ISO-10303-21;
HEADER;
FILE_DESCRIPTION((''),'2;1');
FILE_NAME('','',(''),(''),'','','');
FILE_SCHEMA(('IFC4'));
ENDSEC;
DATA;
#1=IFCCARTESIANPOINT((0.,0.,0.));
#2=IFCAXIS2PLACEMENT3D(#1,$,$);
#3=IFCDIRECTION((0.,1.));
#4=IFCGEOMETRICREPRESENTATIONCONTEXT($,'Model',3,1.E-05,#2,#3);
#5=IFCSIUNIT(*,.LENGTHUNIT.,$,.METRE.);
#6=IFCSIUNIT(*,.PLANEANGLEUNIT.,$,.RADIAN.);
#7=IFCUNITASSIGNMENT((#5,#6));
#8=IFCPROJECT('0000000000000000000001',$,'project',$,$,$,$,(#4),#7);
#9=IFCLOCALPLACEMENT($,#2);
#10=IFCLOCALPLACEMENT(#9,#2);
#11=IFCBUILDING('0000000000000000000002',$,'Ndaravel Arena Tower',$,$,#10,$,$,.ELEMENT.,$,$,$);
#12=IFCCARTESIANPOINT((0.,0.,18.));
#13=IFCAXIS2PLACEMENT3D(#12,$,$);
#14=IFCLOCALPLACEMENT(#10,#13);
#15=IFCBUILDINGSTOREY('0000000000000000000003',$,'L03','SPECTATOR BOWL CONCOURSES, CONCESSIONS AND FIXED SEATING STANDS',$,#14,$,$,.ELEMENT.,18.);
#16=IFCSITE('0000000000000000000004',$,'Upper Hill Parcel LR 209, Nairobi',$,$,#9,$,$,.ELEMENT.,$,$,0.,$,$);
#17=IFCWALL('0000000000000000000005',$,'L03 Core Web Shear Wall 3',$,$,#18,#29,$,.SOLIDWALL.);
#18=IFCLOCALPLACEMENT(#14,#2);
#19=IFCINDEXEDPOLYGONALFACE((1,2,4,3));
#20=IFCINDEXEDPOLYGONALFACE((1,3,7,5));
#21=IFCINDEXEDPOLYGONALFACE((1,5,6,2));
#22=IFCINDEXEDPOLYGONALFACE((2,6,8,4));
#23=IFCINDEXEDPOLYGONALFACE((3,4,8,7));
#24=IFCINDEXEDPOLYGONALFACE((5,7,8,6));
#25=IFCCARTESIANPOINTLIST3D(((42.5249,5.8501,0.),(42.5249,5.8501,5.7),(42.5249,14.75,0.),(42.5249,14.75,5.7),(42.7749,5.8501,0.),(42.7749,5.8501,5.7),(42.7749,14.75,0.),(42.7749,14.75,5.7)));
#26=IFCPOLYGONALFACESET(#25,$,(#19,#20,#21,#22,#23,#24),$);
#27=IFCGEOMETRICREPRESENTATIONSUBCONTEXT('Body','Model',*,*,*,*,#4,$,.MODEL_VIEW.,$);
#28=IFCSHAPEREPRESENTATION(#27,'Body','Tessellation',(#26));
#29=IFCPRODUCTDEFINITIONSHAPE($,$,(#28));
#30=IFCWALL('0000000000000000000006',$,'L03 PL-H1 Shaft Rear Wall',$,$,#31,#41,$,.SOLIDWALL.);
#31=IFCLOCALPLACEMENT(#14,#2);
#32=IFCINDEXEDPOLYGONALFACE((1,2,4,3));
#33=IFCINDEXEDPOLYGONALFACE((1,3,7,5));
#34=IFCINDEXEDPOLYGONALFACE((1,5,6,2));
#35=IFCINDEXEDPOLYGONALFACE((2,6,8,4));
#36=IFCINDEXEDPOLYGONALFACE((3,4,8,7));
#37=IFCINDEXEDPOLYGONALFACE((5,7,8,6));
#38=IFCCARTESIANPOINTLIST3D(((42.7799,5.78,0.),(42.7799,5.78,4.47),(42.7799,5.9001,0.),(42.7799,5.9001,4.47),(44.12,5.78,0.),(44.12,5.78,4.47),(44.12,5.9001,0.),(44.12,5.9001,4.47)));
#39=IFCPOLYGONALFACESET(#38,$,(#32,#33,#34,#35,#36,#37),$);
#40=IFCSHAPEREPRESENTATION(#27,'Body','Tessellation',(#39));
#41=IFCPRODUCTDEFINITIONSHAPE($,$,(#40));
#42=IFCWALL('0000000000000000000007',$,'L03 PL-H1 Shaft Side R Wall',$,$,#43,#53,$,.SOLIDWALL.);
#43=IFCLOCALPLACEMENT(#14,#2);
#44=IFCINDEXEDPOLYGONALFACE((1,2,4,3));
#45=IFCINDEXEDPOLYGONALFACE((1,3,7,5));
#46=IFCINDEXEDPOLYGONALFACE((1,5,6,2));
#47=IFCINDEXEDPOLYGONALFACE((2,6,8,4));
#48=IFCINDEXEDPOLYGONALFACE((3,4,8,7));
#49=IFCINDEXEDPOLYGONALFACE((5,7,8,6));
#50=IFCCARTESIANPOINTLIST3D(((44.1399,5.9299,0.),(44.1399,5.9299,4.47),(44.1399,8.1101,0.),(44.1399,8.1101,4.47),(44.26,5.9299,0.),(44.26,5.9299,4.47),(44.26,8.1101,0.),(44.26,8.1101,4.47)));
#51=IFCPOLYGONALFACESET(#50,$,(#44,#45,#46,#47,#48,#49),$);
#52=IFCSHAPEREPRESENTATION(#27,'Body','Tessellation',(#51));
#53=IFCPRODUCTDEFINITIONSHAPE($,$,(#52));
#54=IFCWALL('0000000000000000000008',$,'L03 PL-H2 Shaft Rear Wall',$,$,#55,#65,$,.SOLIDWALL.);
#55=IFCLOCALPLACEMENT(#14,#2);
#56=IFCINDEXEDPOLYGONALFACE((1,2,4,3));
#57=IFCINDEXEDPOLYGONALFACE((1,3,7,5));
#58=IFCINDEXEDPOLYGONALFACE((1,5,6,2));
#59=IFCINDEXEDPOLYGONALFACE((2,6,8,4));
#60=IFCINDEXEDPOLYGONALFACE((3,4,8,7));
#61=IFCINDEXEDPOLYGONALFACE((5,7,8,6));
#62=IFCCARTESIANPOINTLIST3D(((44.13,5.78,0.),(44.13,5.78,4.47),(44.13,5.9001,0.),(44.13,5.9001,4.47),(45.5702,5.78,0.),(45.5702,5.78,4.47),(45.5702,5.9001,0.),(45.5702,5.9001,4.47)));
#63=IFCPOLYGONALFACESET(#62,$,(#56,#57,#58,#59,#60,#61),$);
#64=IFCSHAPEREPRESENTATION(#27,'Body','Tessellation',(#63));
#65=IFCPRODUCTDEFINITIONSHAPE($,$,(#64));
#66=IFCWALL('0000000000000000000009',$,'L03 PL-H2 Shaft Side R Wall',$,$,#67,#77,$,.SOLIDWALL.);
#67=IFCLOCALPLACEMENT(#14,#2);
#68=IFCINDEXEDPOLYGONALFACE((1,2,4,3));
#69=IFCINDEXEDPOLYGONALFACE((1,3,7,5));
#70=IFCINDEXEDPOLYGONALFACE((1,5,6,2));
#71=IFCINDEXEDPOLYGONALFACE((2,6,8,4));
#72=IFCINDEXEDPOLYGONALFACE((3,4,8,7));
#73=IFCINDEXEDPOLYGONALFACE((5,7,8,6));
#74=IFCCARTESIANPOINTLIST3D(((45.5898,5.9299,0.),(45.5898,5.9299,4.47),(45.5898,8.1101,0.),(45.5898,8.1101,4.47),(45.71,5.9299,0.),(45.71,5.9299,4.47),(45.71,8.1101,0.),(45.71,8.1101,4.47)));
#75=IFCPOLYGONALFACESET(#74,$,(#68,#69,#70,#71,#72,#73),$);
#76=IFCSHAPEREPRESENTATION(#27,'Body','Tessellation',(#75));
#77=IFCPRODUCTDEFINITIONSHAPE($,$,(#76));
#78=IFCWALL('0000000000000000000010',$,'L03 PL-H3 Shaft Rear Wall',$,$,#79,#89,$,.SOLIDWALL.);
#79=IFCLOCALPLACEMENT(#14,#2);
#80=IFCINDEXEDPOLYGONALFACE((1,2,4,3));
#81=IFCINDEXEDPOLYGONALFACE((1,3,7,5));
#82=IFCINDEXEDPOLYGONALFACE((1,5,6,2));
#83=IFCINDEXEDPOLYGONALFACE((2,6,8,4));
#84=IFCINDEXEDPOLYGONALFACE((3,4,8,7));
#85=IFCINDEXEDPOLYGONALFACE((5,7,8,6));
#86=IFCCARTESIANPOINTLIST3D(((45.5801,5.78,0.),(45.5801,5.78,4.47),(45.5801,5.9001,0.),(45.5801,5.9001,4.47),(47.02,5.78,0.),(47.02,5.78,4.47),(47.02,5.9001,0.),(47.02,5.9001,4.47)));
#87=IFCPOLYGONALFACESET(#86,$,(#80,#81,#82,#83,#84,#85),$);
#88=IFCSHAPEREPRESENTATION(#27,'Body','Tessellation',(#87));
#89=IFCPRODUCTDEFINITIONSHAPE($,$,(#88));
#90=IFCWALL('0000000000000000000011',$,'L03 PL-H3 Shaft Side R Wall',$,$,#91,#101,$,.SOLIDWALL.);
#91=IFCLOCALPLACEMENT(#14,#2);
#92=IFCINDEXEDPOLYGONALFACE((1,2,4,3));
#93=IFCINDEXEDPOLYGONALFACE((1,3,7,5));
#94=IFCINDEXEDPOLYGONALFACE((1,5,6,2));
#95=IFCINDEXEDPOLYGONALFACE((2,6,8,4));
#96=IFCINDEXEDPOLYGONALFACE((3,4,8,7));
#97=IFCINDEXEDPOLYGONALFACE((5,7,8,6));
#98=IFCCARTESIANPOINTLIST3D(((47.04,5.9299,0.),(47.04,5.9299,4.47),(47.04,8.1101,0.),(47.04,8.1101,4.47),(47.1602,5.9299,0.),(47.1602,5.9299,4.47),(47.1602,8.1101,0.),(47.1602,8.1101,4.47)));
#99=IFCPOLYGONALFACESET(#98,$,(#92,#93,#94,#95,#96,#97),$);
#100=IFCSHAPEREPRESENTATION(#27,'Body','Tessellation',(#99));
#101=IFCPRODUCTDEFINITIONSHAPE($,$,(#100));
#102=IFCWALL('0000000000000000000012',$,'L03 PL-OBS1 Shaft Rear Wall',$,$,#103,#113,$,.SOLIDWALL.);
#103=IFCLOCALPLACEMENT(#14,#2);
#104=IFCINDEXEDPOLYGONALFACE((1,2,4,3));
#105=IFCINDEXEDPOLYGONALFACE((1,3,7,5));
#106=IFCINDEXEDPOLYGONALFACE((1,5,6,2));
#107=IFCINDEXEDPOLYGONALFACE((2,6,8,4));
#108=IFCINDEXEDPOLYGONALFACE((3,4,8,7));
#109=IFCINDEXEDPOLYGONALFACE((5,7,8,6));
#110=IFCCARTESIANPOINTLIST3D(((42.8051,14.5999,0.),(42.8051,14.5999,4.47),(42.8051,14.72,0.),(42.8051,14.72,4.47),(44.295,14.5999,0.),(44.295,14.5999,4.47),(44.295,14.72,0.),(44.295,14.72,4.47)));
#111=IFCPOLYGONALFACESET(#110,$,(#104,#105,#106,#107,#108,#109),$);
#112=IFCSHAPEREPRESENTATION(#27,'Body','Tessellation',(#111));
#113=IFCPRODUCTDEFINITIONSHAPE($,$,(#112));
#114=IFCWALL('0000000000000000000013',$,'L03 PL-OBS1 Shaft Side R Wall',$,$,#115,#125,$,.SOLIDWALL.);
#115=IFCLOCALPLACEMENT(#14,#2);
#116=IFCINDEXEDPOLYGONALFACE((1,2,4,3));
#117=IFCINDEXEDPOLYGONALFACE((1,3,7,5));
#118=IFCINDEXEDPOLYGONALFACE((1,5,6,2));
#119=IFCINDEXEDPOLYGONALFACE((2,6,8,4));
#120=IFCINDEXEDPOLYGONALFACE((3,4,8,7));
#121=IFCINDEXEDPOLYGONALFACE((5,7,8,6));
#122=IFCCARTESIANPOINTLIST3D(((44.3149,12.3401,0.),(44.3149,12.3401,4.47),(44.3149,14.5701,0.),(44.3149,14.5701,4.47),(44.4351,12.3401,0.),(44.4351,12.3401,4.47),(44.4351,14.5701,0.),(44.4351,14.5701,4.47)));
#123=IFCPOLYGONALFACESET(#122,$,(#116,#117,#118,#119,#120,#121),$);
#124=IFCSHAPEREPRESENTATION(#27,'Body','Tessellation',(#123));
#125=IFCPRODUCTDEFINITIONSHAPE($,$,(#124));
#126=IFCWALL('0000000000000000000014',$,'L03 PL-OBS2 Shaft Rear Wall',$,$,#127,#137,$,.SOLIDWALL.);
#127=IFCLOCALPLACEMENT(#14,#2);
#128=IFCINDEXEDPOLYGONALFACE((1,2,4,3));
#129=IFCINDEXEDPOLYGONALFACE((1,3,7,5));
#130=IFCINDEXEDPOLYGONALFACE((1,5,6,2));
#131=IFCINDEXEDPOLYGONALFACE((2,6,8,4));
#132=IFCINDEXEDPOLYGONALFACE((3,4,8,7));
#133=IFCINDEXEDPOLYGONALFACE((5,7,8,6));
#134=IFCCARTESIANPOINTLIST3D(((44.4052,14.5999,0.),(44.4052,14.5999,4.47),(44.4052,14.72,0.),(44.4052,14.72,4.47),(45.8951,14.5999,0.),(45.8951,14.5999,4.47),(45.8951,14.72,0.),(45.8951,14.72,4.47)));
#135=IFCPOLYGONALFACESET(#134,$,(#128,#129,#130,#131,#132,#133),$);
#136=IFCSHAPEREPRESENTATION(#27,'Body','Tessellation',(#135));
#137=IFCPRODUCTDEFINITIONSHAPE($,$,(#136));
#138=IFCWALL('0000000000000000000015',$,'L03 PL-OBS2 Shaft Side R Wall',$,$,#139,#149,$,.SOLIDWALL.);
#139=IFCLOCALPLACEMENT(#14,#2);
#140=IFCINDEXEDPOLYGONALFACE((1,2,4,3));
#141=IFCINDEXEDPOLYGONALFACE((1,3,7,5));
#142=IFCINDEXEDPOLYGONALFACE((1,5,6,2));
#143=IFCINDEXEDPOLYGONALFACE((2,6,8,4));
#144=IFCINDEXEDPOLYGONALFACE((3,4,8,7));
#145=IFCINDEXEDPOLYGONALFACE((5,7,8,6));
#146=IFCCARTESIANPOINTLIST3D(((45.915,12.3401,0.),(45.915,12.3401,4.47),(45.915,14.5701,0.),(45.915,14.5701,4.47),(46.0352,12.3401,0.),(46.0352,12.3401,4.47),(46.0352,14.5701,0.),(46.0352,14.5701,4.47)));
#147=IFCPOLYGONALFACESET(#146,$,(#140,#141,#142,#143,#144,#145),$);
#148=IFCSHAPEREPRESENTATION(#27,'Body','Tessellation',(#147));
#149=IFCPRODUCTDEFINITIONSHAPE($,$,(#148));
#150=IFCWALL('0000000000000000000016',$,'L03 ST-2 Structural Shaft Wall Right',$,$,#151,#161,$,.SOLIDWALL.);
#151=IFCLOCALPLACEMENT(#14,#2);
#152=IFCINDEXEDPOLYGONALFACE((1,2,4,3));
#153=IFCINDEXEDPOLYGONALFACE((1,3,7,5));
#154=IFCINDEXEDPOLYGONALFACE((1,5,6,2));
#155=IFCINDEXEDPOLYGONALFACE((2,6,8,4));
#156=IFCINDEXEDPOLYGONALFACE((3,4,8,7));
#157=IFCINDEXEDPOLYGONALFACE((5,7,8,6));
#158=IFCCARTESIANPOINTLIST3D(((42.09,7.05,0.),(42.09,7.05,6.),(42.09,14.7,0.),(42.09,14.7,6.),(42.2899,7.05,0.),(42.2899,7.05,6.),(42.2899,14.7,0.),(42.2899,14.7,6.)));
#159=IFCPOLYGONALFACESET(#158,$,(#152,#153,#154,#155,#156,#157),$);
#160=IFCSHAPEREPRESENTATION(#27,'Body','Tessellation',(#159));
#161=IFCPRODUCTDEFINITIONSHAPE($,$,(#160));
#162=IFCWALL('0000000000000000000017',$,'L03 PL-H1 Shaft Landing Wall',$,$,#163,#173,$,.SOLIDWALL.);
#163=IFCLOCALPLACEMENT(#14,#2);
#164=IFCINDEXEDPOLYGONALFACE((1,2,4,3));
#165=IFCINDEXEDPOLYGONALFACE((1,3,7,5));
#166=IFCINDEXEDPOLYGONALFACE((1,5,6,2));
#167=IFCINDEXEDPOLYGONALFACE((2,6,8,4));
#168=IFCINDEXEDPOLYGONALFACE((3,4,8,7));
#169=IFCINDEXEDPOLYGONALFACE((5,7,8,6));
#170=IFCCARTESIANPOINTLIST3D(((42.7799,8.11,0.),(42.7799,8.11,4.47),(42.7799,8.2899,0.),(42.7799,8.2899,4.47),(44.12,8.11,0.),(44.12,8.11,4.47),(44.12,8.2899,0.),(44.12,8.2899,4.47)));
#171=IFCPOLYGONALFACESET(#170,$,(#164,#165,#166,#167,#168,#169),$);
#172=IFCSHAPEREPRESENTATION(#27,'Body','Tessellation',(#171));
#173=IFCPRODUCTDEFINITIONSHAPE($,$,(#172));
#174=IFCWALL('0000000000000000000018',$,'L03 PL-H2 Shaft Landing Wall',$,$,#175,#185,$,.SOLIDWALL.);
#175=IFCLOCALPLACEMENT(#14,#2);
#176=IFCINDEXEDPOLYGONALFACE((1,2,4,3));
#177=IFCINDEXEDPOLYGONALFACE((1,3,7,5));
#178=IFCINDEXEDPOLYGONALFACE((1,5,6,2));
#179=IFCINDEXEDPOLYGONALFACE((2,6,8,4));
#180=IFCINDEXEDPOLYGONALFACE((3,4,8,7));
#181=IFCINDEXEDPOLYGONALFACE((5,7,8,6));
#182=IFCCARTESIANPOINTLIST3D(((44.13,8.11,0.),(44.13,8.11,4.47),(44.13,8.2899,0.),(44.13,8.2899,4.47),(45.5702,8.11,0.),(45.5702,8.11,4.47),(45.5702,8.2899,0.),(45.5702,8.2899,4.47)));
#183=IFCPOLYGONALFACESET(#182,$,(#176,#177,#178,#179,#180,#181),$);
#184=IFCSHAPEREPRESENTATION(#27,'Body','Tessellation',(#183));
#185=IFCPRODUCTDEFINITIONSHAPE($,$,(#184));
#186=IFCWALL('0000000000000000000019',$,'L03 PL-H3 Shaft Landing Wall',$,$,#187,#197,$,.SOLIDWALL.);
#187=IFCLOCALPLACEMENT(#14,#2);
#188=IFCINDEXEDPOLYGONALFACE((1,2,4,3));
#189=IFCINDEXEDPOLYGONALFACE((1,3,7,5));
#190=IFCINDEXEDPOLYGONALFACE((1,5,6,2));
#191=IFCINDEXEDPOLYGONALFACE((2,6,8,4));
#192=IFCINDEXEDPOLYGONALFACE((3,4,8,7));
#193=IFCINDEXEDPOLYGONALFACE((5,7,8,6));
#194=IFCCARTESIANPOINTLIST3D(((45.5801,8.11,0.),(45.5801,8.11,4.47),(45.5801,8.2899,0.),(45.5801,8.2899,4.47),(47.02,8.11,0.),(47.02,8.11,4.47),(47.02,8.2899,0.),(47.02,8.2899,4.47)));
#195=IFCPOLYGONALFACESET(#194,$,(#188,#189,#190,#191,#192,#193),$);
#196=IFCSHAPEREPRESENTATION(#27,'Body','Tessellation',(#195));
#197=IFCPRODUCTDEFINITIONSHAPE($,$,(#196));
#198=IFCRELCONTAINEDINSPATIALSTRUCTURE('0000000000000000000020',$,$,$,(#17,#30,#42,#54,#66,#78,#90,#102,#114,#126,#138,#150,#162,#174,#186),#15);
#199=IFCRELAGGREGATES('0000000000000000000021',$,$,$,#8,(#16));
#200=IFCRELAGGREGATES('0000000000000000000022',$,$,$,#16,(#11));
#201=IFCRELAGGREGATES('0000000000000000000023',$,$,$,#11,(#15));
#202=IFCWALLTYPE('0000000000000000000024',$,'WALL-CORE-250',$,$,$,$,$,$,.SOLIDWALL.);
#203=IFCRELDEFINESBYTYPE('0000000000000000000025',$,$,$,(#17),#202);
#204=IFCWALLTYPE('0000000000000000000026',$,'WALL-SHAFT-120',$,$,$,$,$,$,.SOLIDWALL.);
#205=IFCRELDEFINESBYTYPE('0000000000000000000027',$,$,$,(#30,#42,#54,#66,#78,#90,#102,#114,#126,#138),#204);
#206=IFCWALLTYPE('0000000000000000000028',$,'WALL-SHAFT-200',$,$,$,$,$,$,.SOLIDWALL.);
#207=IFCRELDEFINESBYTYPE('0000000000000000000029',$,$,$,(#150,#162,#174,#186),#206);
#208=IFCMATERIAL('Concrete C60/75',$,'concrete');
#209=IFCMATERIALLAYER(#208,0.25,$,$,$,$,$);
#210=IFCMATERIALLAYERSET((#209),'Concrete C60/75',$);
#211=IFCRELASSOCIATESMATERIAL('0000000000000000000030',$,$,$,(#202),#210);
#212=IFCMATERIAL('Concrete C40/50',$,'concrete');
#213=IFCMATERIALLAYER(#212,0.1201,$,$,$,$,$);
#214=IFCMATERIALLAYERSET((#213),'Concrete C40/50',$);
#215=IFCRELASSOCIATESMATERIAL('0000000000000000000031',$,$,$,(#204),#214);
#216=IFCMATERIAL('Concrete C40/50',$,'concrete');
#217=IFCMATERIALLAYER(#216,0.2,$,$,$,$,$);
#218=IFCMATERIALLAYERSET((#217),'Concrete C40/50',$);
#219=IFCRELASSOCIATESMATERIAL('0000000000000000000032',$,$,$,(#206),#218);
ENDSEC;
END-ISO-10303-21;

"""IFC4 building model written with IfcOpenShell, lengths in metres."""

from ifc_helpers import new_model, si_unit, direction, frame, frame_2d, origin, place, context, subcontext, project, spatial, rectangle, extrude, material, layer, layer_set, type_object, element, save


model = new_model("IFC4")

# Units and contexts
model_context = context("Model", 3, precision=1e-05, world=origin(), true_north=direction((0.0, 1.0)))
body_context = subcontext(model_context, "Body", "Model", "MODEL_VIEW")
ifc_project = project(units=[si_unit("LENGTHUNIT", "METRE"), si_unit("PLANEANGLEUNIT", "RADIAN")], contexts=[model_context])

# Site, building, storey
site_placement = place(None, origin())
site = spatial("IfcSite", under=ifc_project, at=site_placement, Name="Upper Hill Parcel LR 209, Nairobi", CompositionType="ELEMENT", RefElevation=0.0)
building_placement = place(site_placement, origin())
building = spatial("IfcBuilding", under=site, at=building_placement, Name="Ndaravel Arena Tower", CompositionType="ELEMENT")
storey_placement = place(building_placement, frame((0.0, 0.0, 18.0)))
storey = spatial("IfcBuildingStorey", under=building, at=storey_placement, Name="L03", Description="SPECTATOR BOWL CONCOURSES, CONCESSIONS AND FIXED SEATING STANDS", CompositionType="ELEMENT", Elevation=18.0)

# Walls
ifc_material_1 = material(Name="Concrete C60/75", Category="concrete")
ifc_layer_1 = layer(ifc_material_1, 0.25)
ifc_layer_set_1 = layer_set([ifc_layer_1], Name="Concrete C60/75")
wall_type_1 = type_object("IfcWallType", Name="WALL-CORE-250", PredefinedType="SOLIDWALL", material=ifc_layer_set_1)
wall_1_placement = place(storey_placement, frame((42.6499, 5.8501, 0.0), z_axis=(0.0, 0.0, 1.0), x_axis=(0.0, 1.0, 0.0)))
element("IfcWall", 1, at=wall_1_placement, inside=storey, type_object=wall_type_1, Name="L03 Core Web Shear Wall 3", PredefinedType="SOLIDWALL", context=body_context, shape_type="SweptSolid", body=[
    extrude(rectangle(XDim=8.8999, YDim=0.25, at=frame_2d((4.45, 0.0))), origin(), (0.0, 0.0, 1.0), 5.7),
])
ifc_material_2 = material(Name="Concrete C40/50", Category="concrete")
ifc_layer_2 = layer(ifc_material_2, 0.1201)
ifc_layer_set_2 = layer_set([ifc_layer_2], Name="Concrete C40/50")
wall_type_2 = type_object("IfcWallType", Name="WALL-SHAFT-120", PredefinedType="SOLIDWALL", material=ifc_layer_set_2)
wall_2_placement = place(storey_placement, frame((42.78, 5.8401, 0.0), z_axis=(0.0, 0.0, 1.0), x_axis=(1.0, 0.0, 0.0)))
element("IfcWall", 2, at=wall_2_placement, inside=storey, type_object=wall_type_2, Name="L03 PL-H1 Shaft Rear Wall", PredefinedType="SOLIDWALL", context=body_context, shape_type="SweptSolid", body=[
    extrude(rectangle(XDim=1.3401, YDim=0.1201, at=frame_2d((0.6699, 0.0))), origin(), (0.0, 0.0, 1.0), 4.47),
])
wall_3_placement = place(storey_placement, frame((44.2, 5.9299, 0.0), z_axis=(0.0, 0.0, 1.0), x_axis=(0.0, 1.0, 0.0)))
element("IfcWall", 3, at=wall_3_placement, inside=storey, type_object=wall_type_2, Name="L03 PL-H1 Shaft Side R Wall", PredefinedType="SOLIDWALL", context=body_context, shape_type="SweptSolid", body=[
    extrude(rectangle(XDim=2.1802, YDim=0.1201, at=frame_2d((1.0901, 0.0))), origin(), (0.0, 0.0, 1.0), 4.47),
])
wall_4_placement = place(storey_placement, frame((44.1299, 5.8401, 0.0), z_axis=(0.0, 0.0, 1.0), x_axis=(1.0, 0.0, 0.0)))
element("IfcWall", 4, at=wall_4_placement, inside=storey, type_object=wall_type_2, Name="L03 PL-H2 Shaft Rear Wall", PredefinedType="SOLIDWALL", context=body_context, shape_type="SweptSolid", body=[
    extrude(rectangle(XDim=1.4402, YDim=0.1201, at=frame_2d((0.7202, 0.0))), origin(), (0.0, 0.0, 1.0), 4.47),
])
wall_5_placement = place(storey_placement, frame((45.6499, 5.9299, 0.0), z_axis=(0.0, 0.0, 1.0), x_axis=(0.0, 1.0, 0.0)))
element("IfcWall", 5, at=wall_5_placement, inside=storey, type_object=wall_type_2, Name="L03 PL-H2 Shaft Side R Wall", PredefinedType="SOLIDWALL", context=body_context, shape_type="SweptSolid", body=[
    extrude(rectangle(XDim=2.1802, YDim=0.1201, at=frame_2d((1.0901, 0.0))), origin(), (0.0, 0.0, 1.0), 4.47),
])
wall_6_placement = place(storey_placement, frame((45.5801, 5.8401, 0.0), z_axis=(0.0, 0.0, 1.0), x_axis=(1.0, 0.0, 0.0)))
element("IfcWall", 6, at=wall_6_placement, inside=storey, type_object=wall_type_2, Name="L03 PL-H3 Shaft Rear Wall", PredefinedType="SOLIDWALL", context=body_context, shape_type="SweptSolid", body=[
    extrude(rectangle(XDim=1.4399, YDim=0.1201, at=frame_2d((0.72, 0.0))), origin(), (0.0, 0.0, 1.0), 4.47),
])
wall_7_placement = place(storey_placement, frame((47.1001, 5.9299, 0.0), z_axis=(0.0, 0.0, 1.0), x_axis=(0.0, 1.0, 0.0)))
element("IfcWall", 7, at=wall_7_placement, inside=storey, type_object=wall_type_2, Name="L03 PL-H3 Shaft Side R Wall", PredefinedType="SOLIDWALL", context=body_context, shape_type="SweptSolid", body=[
    extrude(rectangle(XDim=2.1802, YDim=0.1201, at=frame_2d((1.0901, 0.0))), origin(), (0.0, 0.0, 1.0), 4.47),
])
wall_8_placement = place(storey_placement, frame((42.8049, 14.6599, 0.0), z_axis=(0.0, 0.0, 1.0), x_axis=(1.0, 0.0, 0.0)))
element("IfcWall", 8, at=wall_8_placement, inside=storey, type_object=wall_type_2, Name="L03 PL-OBS1 Shaft Rear Wall", PredefinedType="SOLIDWALL", context=body_context, shape_type="SweptSolid", body=[
    extrude(rectangle(XDim=1.49, YDim=0.1201, at=frame_2d((0.7451, 0.0))), origin(), (0.0, 0.0, 1.0), 4.47),
])
wall_9_placement = place(storey_placement, frame((44.375, 12.3401, 0.0), z_axis=(0.0, 0.0, 1.0), x_axis=(0.0, 1.0, 0.0)))
element("IfcWall", 9, at=wall_9_placement, inside=storey, type_object=wall_type_2, Name="L03 PL-OBS1 Shaft Side R Wall", PredefinedType="SOLIDWALL", context=body_context, shape_type="SweptSolid", body=[
    extrude(rectangle(XDim=2.23, YDim=0.1201, at=frame_2d((1.115, 0.0))), origin(), (0.0, 0.0, 1.0), 4.47),
])
wall_10_placement = place(storey_placement, frame((44.405, 14.6599, 0.0), z_axis=(0.0, 0.0, 1.0), x_axis=(1.0, 0.0, 0.0)))
element("IfcWall", 10, at=wall_10_placement, inside=storey, type_object=wall_type_2, Name="L03 PL-OBS2 Shaft Rear Wall", PredefinedType="SOLIDWALL", context=body_context, shape_type="SweptSolid", body=[
    extrude(rectangle(XDim=1.49, YDim=0.1201, at=frame_2d((0.7451, 0.0))), origin(), (0.0, 0.0, 1.0), 4.47),
])
wall_11_placement = place(storey_placement, frame((45.9751, 12.3401, 0.0), z_axis=(0.0, 0.0, 1.0), x_axis=(0.0, 1.0, 0.0)))
element("IfcWall", 11, at=wall_11_placement, inside=storey, type_object=wall_type_2, Name="L03 PL-OBS2 Shaft Side R Wall", PredefinedType="SOLIDWALL", context=body_context, shape_type="SweptSolid", body=[
    extrude(rectangle(XDim=2.23, YDim=0.1201, at=frame_2d((1.115, 0.0))), origin(), (0.0, 0.0, 1.0), 4.47),
])
ifc_material_3 = material(Name="Concrete C40/50", Category="concrete")
ifc_layer_3 = layer(ifc_material_3, 0.2)
ifc_layer_set_3 = layer_set([ifc_layer_3], Name="Concrete C40/50")
wall_type_3 = type_object("IfcWallType", Name="WALL-SHAFT-200", PredefinedType="SOLIDWALL", material=ifc_layer_set_3)
wall_12_placement = place(storey_placement, frame((42.1899, 14.7, 0.0), z_axis=(0.0, 0.0, 1.0), x_axis=(0.0, -1.0, 0.0)))
element("IfcWall", 12, at=wall_12_placement, inside=storey, type_object=wall_type_3, Name="L03 ST-2 Structural Shaft Wall Right", PredefinedType="SOLIDWALL", context=body_context, shape_type="SweptSolid", body=[
    extrude(rectangle(XDim=7.6499, YDim=0.2, at=frame_2d((3.825, 0.0))), origin(), (0.0, 0.0, 1.0), 6.0),
])
wall_13_placement = place(storey_placement, frame((42.78, 8.2, 0.0), z_axis=(0.0, 0.0, 1.0), x_axis=(1.0, 0.0, 0.0)))
element("IfcWall", 13, at=wall_13_placement, inside=storey, type_object=wall_type_3, Name="L03 PL-H1 Shaft Landing Wall", PredefinedType="SOLIDWALL", context=body_context, shape_type="SweptSolid", body=[
    extrude(rectangle(XDim=1.3401, YDim=0.1799, at=frame_2d((0.6699, 0.0))), origin(), (0.0, 0.0, 1.0), 4.47),
])
wall_14_placement = place(storey_placement, frame((44.1299, 8.2, 0.0), z_axis=(0.0, 0.0, 1.0), x_axis=(1.0, 0.0, 0.0)))
element("IfcWall", 14, at=wall_14_placement, inside=storey, type_object=wall_type_3, Name="L03 PL-H2 Shaft Landing Wall", PredefinedType="SOLIDWALL", context=body_context, shape_type="SweptSolid", body=[
    extrude(rectangle(XDim=1.4402, YDim=0.1799, at=frame_2d((0.7202, 0.0))), origin(), (0.0, 0.0, 1.0), 4.47),
])
wall_15_placement = place(storey_placement, frame((45.5801, 8.2, 0.0), z_axis=(0.0, 0.0, 1.0), x_axis=(1.0, 0.0, 0.0)))
element("IfcWall", 15, at=wall_15_placement, inside=storey, type_object=wall_type_3, Name="L03 PL-H3 Shaft Landing Wall", PredefinedType="SOLIDWALL", context=body_context, shape_type="SweptSolid", body=[
    extrude(rectangle(XDim=1.4399, YDim=0.1799, at=frame_2d((0.72, 0.0))), origin(), (0.0, 0.0, 1.0), 4.47),
])

save(model, "model.ifc")
